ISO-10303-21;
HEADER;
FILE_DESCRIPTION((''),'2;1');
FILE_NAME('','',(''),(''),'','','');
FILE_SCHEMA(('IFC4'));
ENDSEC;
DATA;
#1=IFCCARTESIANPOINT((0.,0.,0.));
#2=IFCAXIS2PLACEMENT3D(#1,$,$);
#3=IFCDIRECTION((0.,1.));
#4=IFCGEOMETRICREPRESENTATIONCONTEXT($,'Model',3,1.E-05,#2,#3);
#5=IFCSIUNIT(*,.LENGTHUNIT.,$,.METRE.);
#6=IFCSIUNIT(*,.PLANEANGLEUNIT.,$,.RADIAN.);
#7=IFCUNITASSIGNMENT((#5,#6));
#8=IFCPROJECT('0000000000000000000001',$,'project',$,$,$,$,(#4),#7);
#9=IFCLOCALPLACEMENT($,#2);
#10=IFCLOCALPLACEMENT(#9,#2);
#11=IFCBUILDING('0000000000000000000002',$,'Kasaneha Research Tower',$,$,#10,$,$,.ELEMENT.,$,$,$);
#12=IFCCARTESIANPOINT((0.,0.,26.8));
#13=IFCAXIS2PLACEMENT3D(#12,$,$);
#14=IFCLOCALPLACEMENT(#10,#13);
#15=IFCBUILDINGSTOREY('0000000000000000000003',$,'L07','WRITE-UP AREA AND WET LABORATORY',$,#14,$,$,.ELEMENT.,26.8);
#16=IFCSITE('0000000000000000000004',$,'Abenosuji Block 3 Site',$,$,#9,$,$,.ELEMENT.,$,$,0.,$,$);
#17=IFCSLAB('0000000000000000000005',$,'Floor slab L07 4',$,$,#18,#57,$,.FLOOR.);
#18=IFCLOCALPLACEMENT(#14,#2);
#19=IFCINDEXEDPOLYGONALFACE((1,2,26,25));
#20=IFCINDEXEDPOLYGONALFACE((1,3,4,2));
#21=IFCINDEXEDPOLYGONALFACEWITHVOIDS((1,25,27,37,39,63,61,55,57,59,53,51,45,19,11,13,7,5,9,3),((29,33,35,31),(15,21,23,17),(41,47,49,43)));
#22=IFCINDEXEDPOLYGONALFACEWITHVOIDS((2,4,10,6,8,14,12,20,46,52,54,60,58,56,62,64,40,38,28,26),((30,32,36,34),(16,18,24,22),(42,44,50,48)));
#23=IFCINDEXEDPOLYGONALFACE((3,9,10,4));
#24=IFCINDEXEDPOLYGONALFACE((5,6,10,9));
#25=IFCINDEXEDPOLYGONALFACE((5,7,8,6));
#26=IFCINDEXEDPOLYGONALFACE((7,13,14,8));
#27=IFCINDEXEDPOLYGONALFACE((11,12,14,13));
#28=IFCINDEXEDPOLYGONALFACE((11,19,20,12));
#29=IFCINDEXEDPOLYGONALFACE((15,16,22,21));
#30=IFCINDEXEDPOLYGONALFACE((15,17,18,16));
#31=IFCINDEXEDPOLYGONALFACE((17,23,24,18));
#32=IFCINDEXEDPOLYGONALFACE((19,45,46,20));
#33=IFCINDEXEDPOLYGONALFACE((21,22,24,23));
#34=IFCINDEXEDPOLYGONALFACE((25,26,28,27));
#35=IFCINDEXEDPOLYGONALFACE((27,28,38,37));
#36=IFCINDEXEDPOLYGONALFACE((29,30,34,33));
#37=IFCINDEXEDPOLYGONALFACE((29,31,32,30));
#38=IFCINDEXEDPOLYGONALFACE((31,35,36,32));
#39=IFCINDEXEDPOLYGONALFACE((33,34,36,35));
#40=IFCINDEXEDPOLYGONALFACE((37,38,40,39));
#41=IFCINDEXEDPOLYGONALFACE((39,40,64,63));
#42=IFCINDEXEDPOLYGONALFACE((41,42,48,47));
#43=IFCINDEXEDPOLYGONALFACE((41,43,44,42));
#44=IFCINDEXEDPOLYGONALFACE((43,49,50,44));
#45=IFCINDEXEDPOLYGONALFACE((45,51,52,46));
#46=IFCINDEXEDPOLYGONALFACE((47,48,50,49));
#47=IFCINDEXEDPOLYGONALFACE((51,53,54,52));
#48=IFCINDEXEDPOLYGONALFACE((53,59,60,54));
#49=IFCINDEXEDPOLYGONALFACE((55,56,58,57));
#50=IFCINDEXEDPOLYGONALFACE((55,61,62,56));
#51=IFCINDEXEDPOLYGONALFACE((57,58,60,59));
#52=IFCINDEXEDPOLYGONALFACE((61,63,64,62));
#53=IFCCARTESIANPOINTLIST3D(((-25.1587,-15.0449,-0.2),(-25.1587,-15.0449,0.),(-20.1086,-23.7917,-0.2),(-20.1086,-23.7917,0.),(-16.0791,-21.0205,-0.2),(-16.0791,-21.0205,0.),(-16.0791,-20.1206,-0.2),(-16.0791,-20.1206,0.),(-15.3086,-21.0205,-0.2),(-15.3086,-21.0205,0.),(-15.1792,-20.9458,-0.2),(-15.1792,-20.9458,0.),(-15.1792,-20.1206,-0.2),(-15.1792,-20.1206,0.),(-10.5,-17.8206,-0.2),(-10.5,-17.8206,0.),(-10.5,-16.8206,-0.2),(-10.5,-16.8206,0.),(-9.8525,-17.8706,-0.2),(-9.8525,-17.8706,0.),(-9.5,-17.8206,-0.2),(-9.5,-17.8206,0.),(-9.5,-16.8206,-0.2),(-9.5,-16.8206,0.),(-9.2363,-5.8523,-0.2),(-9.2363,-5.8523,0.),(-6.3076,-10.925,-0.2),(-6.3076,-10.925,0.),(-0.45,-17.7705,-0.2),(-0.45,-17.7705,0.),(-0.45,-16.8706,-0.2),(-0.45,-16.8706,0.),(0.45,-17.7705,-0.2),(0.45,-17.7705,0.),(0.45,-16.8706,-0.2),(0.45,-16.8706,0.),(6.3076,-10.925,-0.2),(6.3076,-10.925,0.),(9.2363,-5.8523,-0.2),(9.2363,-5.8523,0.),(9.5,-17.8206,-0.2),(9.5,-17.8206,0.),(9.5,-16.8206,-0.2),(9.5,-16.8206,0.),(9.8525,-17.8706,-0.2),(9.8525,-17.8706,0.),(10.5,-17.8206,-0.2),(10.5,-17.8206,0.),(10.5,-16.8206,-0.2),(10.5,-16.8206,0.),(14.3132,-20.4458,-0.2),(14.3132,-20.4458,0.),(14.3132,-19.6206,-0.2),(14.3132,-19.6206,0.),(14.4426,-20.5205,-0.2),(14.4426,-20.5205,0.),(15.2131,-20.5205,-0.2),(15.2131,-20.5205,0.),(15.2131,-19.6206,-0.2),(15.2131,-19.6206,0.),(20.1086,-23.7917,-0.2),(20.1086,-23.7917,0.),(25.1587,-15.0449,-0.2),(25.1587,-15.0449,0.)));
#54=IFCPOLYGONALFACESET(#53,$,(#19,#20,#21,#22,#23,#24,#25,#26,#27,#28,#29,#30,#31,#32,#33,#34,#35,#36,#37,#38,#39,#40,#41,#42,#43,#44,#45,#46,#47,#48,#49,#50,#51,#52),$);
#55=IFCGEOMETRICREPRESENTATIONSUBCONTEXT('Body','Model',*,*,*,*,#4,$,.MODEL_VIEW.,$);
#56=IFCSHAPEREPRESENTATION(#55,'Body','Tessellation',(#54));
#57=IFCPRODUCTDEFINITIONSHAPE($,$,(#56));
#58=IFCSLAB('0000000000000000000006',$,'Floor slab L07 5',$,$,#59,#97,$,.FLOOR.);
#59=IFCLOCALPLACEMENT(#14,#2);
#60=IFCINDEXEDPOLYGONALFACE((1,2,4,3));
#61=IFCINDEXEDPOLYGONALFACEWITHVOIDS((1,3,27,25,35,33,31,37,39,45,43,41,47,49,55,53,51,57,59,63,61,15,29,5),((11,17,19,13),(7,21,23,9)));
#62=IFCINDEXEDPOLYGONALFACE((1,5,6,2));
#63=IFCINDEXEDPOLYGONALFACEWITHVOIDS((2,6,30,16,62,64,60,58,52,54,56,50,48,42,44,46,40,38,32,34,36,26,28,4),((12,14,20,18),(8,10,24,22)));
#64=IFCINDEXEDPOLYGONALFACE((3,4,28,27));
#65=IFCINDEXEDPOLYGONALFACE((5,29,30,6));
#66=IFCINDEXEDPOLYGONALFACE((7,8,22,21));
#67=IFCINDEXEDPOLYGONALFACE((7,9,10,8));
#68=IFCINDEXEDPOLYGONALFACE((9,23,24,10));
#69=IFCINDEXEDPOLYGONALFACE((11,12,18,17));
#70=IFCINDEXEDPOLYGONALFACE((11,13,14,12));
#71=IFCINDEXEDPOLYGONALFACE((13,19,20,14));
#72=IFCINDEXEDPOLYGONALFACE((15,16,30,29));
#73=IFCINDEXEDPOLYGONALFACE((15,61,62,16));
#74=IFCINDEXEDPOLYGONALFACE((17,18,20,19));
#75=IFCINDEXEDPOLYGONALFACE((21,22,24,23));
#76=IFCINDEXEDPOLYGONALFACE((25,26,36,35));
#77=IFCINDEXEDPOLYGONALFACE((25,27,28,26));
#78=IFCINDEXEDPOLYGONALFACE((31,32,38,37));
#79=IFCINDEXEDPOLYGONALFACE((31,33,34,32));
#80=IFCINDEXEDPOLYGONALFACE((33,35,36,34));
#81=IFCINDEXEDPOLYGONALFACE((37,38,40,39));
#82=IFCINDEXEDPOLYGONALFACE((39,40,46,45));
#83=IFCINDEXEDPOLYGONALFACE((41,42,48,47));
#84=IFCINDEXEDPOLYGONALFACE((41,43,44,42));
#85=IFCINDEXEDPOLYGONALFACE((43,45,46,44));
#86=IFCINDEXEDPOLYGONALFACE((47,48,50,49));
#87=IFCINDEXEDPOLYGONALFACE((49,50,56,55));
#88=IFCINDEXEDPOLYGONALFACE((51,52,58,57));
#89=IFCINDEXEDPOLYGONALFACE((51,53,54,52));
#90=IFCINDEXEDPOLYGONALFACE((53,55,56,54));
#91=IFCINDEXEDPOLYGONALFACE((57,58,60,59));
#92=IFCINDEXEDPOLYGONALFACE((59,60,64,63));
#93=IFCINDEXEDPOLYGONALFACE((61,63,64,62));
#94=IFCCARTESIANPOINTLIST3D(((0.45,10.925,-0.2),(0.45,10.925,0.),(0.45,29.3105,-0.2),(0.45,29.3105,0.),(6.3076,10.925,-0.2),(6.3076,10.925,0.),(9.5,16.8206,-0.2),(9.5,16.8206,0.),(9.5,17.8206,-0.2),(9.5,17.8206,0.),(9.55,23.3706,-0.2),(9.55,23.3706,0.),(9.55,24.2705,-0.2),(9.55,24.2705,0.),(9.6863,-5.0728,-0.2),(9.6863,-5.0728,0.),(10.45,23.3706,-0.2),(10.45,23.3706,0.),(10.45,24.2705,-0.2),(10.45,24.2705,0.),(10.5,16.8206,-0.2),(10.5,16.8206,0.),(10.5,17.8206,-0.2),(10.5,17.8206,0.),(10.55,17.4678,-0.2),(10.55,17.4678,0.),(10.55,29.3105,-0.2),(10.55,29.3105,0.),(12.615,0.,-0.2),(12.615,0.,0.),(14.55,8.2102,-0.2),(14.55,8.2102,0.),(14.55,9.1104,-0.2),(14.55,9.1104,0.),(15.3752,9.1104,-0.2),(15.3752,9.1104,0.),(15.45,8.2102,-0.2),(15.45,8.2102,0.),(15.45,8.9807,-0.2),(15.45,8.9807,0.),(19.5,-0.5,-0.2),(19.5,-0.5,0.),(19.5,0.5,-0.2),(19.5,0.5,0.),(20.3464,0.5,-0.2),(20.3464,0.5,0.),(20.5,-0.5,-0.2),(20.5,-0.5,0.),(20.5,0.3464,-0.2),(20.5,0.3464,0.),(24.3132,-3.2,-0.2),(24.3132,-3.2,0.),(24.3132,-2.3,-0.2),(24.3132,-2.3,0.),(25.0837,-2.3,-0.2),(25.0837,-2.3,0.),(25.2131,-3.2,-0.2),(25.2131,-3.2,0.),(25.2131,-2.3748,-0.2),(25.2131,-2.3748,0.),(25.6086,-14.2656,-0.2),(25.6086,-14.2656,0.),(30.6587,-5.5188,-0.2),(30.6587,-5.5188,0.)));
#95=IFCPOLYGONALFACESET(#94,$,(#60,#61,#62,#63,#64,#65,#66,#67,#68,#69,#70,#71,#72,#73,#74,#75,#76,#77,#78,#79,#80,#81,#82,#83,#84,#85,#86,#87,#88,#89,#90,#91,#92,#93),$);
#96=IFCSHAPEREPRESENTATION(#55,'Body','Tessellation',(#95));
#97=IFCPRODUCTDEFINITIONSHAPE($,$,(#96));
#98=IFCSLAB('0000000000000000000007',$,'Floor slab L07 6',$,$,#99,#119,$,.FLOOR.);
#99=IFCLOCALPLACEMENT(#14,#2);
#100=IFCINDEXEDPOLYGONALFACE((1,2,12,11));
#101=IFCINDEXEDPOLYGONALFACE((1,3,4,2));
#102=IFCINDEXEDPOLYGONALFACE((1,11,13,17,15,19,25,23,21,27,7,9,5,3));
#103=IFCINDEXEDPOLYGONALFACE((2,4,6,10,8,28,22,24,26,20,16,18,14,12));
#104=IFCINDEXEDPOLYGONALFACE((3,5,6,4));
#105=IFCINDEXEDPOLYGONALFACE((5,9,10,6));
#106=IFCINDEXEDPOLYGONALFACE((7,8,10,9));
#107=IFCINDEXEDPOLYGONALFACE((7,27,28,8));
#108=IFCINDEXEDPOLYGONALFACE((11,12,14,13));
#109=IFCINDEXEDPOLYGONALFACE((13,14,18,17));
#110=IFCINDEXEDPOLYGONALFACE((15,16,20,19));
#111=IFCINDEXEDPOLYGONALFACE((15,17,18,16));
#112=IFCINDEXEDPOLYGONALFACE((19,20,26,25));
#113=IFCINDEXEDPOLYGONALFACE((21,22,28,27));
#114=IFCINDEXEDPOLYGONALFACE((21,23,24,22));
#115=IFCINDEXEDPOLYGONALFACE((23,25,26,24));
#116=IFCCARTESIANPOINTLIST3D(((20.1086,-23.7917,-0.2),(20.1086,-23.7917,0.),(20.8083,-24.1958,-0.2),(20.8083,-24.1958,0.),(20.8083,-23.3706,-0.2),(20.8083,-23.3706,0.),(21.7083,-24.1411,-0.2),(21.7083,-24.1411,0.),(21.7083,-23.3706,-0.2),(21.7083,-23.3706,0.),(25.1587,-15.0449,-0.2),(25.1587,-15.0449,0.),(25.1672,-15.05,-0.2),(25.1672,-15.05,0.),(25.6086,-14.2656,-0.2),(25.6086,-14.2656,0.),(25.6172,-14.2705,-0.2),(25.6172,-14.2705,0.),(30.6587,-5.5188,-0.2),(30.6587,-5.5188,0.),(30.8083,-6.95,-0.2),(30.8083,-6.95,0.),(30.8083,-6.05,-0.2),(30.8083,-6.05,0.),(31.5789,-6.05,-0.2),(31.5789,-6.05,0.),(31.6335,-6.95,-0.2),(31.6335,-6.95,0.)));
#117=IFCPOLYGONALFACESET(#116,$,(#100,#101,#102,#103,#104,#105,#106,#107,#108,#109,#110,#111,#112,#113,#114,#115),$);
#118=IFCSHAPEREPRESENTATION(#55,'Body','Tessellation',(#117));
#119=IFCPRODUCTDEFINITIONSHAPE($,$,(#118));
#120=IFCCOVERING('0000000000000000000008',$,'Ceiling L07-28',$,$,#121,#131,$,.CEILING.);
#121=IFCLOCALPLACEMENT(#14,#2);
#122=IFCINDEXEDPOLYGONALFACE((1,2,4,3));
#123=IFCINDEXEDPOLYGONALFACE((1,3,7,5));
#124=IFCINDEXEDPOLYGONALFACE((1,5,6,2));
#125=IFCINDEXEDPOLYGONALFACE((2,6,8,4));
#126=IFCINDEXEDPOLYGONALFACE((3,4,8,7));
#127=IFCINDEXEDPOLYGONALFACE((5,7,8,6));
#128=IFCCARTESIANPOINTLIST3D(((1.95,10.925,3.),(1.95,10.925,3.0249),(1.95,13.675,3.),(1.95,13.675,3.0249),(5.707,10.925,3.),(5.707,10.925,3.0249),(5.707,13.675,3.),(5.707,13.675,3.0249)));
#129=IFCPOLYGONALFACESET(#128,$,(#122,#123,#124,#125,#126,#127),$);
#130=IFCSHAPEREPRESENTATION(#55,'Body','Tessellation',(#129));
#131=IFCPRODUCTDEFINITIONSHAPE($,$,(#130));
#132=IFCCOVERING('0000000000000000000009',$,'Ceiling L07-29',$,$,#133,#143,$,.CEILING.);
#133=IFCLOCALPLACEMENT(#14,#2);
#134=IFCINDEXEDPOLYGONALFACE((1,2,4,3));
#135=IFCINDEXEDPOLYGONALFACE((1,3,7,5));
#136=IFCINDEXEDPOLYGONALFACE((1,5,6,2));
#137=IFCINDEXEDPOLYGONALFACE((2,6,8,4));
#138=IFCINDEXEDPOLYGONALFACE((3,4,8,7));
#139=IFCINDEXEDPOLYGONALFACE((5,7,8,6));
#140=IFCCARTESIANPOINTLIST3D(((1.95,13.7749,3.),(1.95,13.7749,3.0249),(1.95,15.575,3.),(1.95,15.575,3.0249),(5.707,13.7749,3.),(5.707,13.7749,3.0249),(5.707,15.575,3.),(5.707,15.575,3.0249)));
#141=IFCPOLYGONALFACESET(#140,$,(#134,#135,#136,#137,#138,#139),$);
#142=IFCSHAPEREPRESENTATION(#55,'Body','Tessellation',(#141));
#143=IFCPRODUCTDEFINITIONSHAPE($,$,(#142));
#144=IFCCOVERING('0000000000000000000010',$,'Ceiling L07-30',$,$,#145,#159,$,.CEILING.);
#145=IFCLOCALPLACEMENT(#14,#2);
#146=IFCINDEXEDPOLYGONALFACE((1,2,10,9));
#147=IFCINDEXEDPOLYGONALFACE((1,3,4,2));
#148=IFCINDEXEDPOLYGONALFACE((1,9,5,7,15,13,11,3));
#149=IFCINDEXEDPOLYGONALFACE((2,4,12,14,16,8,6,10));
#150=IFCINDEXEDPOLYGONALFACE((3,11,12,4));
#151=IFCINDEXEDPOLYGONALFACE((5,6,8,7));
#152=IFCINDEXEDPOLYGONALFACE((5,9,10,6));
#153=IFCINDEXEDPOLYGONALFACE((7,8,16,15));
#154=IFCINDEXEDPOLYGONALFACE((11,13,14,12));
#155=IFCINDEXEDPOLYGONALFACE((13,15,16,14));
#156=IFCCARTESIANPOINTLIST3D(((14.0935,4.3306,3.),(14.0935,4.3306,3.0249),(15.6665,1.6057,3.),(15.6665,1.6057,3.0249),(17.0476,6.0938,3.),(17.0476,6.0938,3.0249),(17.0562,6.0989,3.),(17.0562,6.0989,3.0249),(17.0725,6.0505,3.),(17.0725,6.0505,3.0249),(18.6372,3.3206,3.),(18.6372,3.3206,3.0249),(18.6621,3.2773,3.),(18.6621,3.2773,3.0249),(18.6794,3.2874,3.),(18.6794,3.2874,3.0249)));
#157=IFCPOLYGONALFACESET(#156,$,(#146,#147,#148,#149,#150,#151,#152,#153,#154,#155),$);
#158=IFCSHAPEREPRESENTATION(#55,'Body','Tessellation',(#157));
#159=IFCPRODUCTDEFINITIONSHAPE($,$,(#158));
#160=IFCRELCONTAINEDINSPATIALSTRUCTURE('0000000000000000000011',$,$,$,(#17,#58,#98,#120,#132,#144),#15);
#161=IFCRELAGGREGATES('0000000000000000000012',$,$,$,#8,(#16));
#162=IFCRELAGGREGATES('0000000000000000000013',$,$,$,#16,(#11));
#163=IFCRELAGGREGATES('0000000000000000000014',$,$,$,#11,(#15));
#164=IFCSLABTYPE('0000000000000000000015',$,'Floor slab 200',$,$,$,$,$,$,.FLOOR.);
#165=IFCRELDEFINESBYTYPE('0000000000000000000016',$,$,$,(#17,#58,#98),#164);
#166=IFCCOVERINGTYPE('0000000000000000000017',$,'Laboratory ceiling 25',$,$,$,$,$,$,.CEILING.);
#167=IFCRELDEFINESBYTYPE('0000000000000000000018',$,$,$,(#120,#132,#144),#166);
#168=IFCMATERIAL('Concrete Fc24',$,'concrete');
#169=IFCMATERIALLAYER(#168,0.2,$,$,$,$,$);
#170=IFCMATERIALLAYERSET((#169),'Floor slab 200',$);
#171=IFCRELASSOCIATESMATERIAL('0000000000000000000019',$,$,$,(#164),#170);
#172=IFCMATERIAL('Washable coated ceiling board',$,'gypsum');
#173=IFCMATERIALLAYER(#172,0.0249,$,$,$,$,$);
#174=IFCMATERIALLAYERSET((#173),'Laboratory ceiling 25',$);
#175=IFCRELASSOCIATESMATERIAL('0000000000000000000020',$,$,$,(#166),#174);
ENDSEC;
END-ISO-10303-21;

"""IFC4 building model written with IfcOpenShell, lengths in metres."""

from ifc_helpers import new_model, si_unit, direction, frame, origin, place, context, subcontext, project, spatial, polyline, outline, extrude, material, layer, layer_set, type_object, element, save


model = new_model("IFC4")

# Units and contexts
model_context = context("Model", 3, precision=1e-05, world=origin(), true_north=direction((0.0, 1.0)))
body_context = subcontext(model_context, "Body", "Model", "MODEL_VIEW")
ifc_project = project(units=[si_unit("LENGTHUNIT", "METRE"), si_unit("PLANEANGLEUNIT", "RADIAN")], contexts=[model_context])

# Site, building, storey
site_placement = place(None, origin())
site = spatial("IfcSite", under=ifc_project, at=site_placement, Name="Abenosuji Block 3 Site", CompositionType="ELEMENT", RefElevation=0.0)
building_placement = place(site_placement, origin())
building = spatial("IfcBuilding", under=site, at=building_placement, Name="Kasaneha Research Tower", CompositionType="ELEMENT")
storey_placement = place(building_placement, frame((0.0, 0.0, 26.8)))
storey = spatial("IfcBuildingStorey", under=building, at=storey_placement, Name="L07", Description="WRITE-UP AREA AND WET LABORATORY", CompositionType="ELEMENT", Elevation=26.8)

# Slabs
ifc_material_1 = material(Name="Concrete Fc24", Category="concrete")
ifc_layer_1 = layer(ifc_material_1, 0.2)
ifc_layer_set_1 = layer_set([ifc_layer_1], Name="Floor slab 200")
slab_type_1 = type_object("IfcSlabType", Name="Floor slab 200", PredefinedType="FLOOR", material=ifc_layer_set_1)
slab_1_placement = place(storey_placement, frame((0.0, 0.0, -0.2)))
element("IfcSlab", 1, at=slab_1_placement, inside=storey, type_object=slab_type_1, Name="Floor slab L07 4", PredefinedType="FLOOR", context=body_context, shape_type="SweptSolid", body=[
    extrude(outline(polyline([(-6.3076, -10.925), (6.3076, -10.925), (9.2363, -5.8523), (25.1587, -15.0449), (20.1086, -23.7917), (14.4426, -20.5205), (15.2131, -20.5205), (15.2131, -19.6206), (14.3132, -19.6206), (14.3132, -20.4458), (9.8525, -17.8706), (-9.8525, -17.8706), (-15.1792, -20.9458), (-15.1792, -20.1206), (-16.0791, -20.1206), (-16.0791, -21.0205), (-15.3086, -21.0205), (-20.1086, -23.7917), (-25.1587, -15.0449), (-9.2363, -5.8523), (-6.3076, -10.925)]), holes=[polyline([(-0.45, -17.7705), (0.45, -17.7705), (0.45, -16.8706), (-0.45, -16.8706), (-0.45, -17.7705)]), polyline([(-9.5, -17.8206), (-9.5, -16.8206), (-10.5, -16.8206), (-10.5, -17.8206), (-9.5, -17.8206)]), polyline([(10.5, -17.8206), (10.5, -16.8206), (9.5, -16.8206), (9.5, -17.8206), (10.5, -17.8206)])]), origin(), (0.0, 0.0, 1.0), 0.2),
])
slab_2_placement = place(storey_placement, frame((0.0, 0.0, -0.2)))
element("IfcSlab", 2, at=slab_2_placement, inside=storey, type_object=slab_type_1, Name="Floor slab L07 5", PredefinedType="FLOOR", context=body_context, shape_type="SweptSolid", body=[
    extrude(outline(polyline([(9.6863, -5.0728), (12.615, 0.0), (6.3076, 10.925), (0.45, 10.925), (0.45, 29.3105), (10.55, 29.3105), (10.55, 17.4678), (15.3752, 9.1104), (14.55, 9.1104), (14.55, 8.2102), (15.45, 8.2102), (15.45, 8.9807), (20.3464, 0.5), (19.5, 0.5), (19.5, -0.5), (20.5, -0.5), (20.5, 0.3464), (25.0837, -2.3), (24.3132, -2.3), (24.3132, -3.2), (25.2131, -3.2), (25.2131, -2.3748), (30.6587, -5.5188), (25.6086, -14.2656), (9.6863, -5.0728)]), holes=[polyline([(9.5, 16.8206), (10.5, 16.8206), (10.5, 17.8206), (9.5, 17.8206), (9.5, 16.8206)]), polyline([(9.55, 23.3706), (10.45, 23.3706), (10.45, 24.2705), (9.55, 24.2705), (9.55, 23.3706)])]), origin(), (0.0, 0.0, 1.0), 0.2),
])
slab_3_placement = place(storey_placement, frame((0.0, 0.0, -0.2)))
element("IfcSlab", 3, at=slab_3_placement, inside=storey, type_object=slab_type_1, Name="Floor slab L07 6", PredefinedType="FLOOR", context=body_context, shape_type="SweptSolid", body=[
    extrude(outline(polyline([(25.1672, -15.05), (25.6172, -14.2705), (25.6086, -14.2656), (30.6587, -5.5188), (31.5789, -6.05), (30.8083, -6.05), (30.8083, -6.95), (31.6335, -6.95), (21.7083, -24.1411), (21.7083, -23.3706), (20.8083, -23.3706), (20.8083, -24.1958), (20.1086, -23.7917), (25.1587, -15.0449), (25.1672, -15.05)])), origin(), (0.0, 0.0, 1.0), 0.2),
])

# Coverings
ifc_material_2 = material(Name="Washable coated ceiling board", Category="gypsum")
ifc_layer_2 = layer(ifc_material_2, 0.0249)
ifc_layer_set_2 = layer_set([ifc_layer_2], Name="Laboratory ceiling 25")
covering_type_1 = type_object("IfcCoveringType", Name="Laboratory ceiling 25", PredefinedType="CEILING", material=ifc_layer_set_2)
covering_1_placement = place(storey_placement, frame((0.0, 0.0, 3.0)))
element("IfcCovering", 4, at=covering_1_placement, inside=storey, type_object=covering_type_1, Name="Ceiling L07-28", PredefinedType="CEILING", context=body_context, shape_type="SweptSolid", body=[
    extrude(outline(polyline([(1.95, 10.925), (1.95, 13.675), (5.707, 13.675), (5.707, 10.925), (1.95, 10.925)])), origin(), (0.0, 0.0, 1.0), 0.0249),
])
covering_2_placement = place(storey_placement, frame((0.0, 0.0, 3.0)))
element("IfcCovering", 5, at=covering_2_placement, inside=storey, type_object=covering_type_1, Name="Ceiling L07-29", PredefinedType="CEILING", context=body_context, shape_type="SweptSolid", body=[
    extrude(outline(polyline([(1.95, 15.575), (5.707, 15.575), (5.707, 13.7749), (1.95, 13.7749), (1.95, 15.575)])), origin(), (0.0, 0.0, 1.0), 0.0249),
])
covering_3_placement = place(storey_placement, frame((0.0, 0.0, 3.0)))
element("IfcCovering", 6, at=covering_3_placement, inside=storey, type_object=covering_type_1, Name="Ceiling L07-30", PredefinedType="CEILING", context=body_context, shape_type="SweptSolid", body=[
    extrude(outline(polyline([(18.6794, 3.2874), (18.6621, 3.2773), (18.6372, 3.3206), (15.6665, 1.6057), (14.0935, 4.3306), (17.0725, 6.0505), (17.0476, 6.0938), (17.0562, 6.0989), (18.6794, 3.2874)])), origin(), (0.0, 0.0, 1.0), 0.0249),
])

save(model, "model.ifc")
